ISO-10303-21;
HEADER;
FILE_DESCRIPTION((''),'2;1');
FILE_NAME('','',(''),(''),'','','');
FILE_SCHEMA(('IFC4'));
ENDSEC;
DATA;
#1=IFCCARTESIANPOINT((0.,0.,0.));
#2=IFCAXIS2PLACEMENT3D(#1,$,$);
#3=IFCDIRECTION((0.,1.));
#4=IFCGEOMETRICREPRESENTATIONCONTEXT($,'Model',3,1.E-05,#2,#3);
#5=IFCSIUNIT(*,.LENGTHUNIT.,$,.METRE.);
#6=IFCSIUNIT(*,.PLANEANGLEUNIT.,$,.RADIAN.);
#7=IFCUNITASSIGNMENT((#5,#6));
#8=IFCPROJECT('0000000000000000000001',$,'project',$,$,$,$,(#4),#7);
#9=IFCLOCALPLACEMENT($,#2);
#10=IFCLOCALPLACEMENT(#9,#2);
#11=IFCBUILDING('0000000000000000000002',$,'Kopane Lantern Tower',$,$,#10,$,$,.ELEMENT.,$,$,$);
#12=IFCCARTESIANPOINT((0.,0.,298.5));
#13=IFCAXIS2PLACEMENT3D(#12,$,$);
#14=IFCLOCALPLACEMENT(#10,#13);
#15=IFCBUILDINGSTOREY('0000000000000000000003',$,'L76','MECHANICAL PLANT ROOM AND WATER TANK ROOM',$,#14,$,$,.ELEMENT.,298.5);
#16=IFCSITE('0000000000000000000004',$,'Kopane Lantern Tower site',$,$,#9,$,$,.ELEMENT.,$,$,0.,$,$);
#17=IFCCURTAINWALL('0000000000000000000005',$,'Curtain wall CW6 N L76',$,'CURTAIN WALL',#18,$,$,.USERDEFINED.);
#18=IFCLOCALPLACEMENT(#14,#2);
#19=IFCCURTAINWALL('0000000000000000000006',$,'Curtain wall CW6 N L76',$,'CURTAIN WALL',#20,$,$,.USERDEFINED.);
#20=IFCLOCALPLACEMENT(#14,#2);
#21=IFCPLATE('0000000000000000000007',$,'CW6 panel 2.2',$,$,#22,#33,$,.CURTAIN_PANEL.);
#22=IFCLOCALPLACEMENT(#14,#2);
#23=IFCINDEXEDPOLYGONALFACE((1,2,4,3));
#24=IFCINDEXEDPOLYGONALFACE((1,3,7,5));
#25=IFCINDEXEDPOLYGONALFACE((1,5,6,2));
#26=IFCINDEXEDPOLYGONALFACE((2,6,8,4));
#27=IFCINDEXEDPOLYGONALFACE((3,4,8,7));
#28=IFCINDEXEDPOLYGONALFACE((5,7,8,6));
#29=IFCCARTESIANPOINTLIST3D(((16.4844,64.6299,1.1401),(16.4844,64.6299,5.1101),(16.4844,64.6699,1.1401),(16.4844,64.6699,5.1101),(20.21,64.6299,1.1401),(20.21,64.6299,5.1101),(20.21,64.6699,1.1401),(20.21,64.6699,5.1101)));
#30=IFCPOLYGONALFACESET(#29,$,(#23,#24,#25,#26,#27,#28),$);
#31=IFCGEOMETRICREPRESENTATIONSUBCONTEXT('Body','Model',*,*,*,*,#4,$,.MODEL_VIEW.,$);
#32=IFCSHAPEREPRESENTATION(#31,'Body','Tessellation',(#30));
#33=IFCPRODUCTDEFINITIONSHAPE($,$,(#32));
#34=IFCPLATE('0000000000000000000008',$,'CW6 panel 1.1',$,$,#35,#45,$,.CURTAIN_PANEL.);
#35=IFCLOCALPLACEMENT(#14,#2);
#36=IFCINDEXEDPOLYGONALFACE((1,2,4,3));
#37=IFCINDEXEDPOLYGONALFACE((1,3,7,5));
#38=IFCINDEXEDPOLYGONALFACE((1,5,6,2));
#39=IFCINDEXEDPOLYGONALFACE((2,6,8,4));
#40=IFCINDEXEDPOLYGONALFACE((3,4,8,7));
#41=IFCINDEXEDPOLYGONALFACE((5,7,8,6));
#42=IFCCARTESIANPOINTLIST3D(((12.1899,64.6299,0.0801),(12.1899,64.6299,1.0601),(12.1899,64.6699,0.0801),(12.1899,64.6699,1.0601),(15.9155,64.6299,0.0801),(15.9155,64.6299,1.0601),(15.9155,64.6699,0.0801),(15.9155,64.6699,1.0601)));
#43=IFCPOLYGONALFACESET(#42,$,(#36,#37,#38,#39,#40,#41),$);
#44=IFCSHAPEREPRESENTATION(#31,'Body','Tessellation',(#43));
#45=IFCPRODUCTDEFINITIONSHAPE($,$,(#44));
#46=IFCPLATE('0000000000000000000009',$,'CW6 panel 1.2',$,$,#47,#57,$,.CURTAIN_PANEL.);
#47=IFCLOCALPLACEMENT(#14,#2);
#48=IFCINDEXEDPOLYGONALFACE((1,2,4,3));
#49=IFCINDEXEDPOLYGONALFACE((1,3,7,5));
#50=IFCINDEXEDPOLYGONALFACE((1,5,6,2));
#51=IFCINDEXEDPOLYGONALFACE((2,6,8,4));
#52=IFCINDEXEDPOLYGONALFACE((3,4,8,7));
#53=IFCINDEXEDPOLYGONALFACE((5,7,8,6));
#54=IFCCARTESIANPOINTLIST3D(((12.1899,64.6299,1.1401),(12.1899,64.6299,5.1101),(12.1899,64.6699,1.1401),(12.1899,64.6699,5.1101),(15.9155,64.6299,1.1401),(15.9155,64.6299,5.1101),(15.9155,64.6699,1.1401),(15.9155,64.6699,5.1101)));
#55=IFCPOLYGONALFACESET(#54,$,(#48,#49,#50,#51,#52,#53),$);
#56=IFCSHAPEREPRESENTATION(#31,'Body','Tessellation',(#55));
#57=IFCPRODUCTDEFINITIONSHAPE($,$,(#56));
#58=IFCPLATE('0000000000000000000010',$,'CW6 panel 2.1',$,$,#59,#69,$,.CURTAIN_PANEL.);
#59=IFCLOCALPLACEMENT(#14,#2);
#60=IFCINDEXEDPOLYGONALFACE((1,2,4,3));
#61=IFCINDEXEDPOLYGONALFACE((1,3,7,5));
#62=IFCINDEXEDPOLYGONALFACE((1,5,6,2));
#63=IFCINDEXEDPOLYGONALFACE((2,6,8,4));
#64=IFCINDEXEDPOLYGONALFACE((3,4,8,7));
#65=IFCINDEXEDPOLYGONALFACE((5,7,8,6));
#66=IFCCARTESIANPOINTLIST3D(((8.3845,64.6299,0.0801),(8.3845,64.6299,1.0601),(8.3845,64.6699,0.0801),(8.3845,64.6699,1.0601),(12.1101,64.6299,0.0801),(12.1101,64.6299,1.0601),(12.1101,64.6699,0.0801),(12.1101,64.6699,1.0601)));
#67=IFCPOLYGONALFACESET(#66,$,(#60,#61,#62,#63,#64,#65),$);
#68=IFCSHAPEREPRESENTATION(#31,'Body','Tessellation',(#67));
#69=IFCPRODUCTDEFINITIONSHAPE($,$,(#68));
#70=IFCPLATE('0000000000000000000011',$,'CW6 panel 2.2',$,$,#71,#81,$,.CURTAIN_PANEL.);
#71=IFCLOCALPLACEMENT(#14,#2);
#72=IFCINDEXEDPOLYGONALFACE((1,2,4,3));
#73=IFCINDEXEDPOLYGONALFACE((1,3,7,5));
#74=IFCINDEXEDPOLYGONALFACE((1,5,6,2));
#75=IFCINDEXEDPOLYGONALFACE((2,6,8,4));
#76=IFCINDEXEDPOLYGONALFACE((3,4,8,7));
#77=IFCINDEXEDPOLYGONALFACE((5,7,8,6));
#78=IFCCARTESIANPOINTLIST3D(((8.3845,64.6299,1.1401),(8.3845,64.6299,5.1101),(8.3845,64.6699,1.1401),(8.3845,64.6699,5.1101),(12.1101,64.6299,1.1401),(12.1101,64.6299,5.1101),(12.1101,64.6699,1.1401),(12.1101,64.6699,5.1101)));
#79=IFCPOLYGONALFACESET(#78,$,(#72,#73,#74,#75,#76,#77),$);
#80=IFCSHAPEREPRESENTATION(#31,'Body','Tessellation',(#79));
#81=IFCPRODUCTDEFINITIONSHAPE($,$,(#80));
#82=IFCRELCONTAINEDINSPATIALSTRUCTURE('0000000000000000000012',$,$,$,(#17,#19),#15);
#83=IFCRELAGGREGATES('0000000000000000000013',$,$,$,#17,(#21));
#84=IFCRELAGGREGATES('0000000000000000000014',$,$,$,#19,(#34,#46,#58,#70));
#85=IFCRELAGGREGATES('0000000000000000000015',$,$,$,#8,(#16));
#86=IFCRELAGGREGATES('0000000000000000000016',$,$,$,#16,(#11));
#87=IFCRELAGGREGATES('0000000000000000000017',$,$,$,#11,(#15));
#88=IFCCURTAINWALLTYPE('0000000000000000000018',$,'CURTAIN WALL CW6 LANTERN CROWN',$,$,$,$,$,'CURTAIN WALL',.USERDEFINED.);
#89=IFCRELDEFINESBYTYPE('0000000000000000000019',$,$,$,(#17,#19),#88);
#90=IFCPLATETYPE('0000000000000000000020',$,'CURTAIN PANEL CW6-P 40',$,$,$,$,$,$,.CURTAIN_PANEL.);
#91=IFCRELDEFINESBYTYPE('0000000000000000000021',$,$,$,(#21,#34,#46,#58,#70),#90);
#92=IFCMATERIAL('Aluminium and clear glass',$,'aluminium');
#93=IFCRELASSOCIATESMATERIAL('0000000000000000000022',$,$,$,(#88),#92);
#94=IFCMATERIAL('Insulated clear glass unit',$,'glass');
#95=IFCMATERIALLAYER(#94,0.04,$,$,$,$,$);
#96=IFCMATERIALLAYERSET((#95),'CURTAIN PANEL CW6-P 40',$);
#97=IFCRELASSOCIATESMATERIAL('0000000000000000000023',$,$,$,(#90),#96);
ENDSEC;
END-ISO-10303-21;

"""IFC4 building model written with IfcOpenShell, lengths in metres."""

from ifc_helpers import new_model, si_unit, direction, frame, origin, origin_2d, place, context, subcontext, project, spatial, rectangle, extrude, material, layer, layer_set, type_object, element, aggregate, save


model = new_model("IFC4")

# Units and contexts
model_context = context("Model", 3, precision=1e-05, world=origin(), true_north=direction((0.0, 1.0)))
body_context = subcontext(model_context, "Body", "Model", "MODEL_VIEW")
ifc_project = project(units=[si_unit("LENGTHUNIT", "METRE"), si_unit("PLANEANGLEUNIT", "RADIAN")], contexts=[model_context])

# Site, building, storey
site_placement = place(None, origin())
site = spatial("IfcSite", under=ifc_project, at=site_placement, Name="Kopane Lantern Tower site", CompositionType="ELEMENT", RefElevation=0.0)
building_placement = place(site_placement, origin())
building = spatial("IfcBuilding", under=site, at=building_placement, Name="Kopane Lantern Tower", CompositionType="ELEMENT")
storey_placement = place(building_placement, frame((0.0, 0.0, 298.5)))
storey = spatial("IfcBuildingStorey", under=building, at=storey_placement, Name="L76", Description="MECHANICAL PLANT ROOM AND WATER TANK ROOM", CompositionType="ELEMENT", Elevation=298.5)

# Shared definitions
ifc_material_1 = material(Name="Aluminium and clear glass", Category="aluminium")
curtain_wall_type = type_object("IfcCurtainWallType", Name="CURTAIN WALL CW6 LANTERN CROWN", ElementType="CURTAIN WALL", PredefinedType="USERDEFINED", material=ifc_material_1)

# Curtain walls
curtain_wall_1_placement = place(storey_placement, origin())
curtain_wall_1 = element("IfcCurtainWall", 1, at=curtain_wall_1_placement, inside=storey, type_object=curtain_wall_type, Name="Curtain wall CW6 N L76", ObjectType="CURTAIN WALL", PredefinedType="USERDEFINED")
curtain_wall_2_placement = place(storey_placement, origin())
curtain_wall_2 = element("IfcCurtainWall", 2, at=curtain_wall_2_placement, inside=storey, type_object=curtain_wall_type, Name="Curtain wall CW6 N L76", ObjectType="CURTAIN WALL", PredefinedType="USERDEFINED")

# Plates
ifc_material_2 = material(Name="Insulated clear glass unit", Category="glass")
ifc_layer = layer(ifc_material_2, 0.04)
ifc_layer_set = layer_set([ifc_layer], Name="CURTAIN PANEL CW6-P 40")
plate_type = type_object("IfcPlateType", Name="CURTAIN PANEL CW6-P 40", PredefinedType="CURTAIN_PANEL", material=ifc_layer_set)
plate_1_placement = place(storey_placement, frame((18.3472, 64.6499, 1.1401), z_axis=(0.0, 0.0, 1.0), x_axis=(-1.0, 0.0, 0.0)))
plate_1 = element("IfcPlate", 3, at=plate_1_placement, type_object=plate_type, Name="CW6 panel 2.2", PredefinedType="CURTAIN_PANEL", context=body_context, shape_type="SweptSolid", body=[
    extrude(rectangle(XDim=3.7256, YDim=0.04, at=origin_2d()), origin(), (0.0, 0.0, 1.0), 3.97),
])
aggregate(curtain_wall_1, [plate_1])
plate_2_placement = place(storey_placement, frame((14.0527, 64.6499, 0.0801), z_axis=(0.0, 0.0, 1.0), x_axis=(-1.0, 0.0, 0.0)))
plate_2 = element("IfcPlate", 4, at=plate_2_placement, type_object=plate_type, Name="CW6 panel 1.1", PredefinedType="CURTAIN_PANEL", context=body_context, shape_type="SweptSolid", body=[
    extrude(rectangle(XDim=3.7256, YDim=0.04, at=origin_2d()), origin(), (0.0, 0.0, 1.0), 0.98),
])
plate_3_placement = place(storey_placement, frame((14.0527, 64.6499, 1.1401), z_axis=(0.0, 0.0, 1.0), x_axis=(-1.0, 0.0, 0.0)))
plate_3 = element("IfcPlate", 5, at=plate_3_placement, type_object=plate_type, Name="CW6 panel 1.2", PredefinedType="CURTAIN_PANEL", context=body_context, shape_type="SweptSolid", body=[
    extrude(rectangle(XDim=3.7256, YDim=0.04, at=origin_2d()), origin(), (0.0, 0.0, 1.0), 3.97),
])
plate_4_placement = place(storey_placement, frame((10.2473, 64.6499, 0.0801), z_axis=(0.0, 0.0, 1.0), x_axis=(-1.0, 0.0, 0.0)))
plate_4 = element("IfcPlate", 6, at=plate_4_placement, type_object=plate_type, Name="CW6 panel 2.1", PredefinedType="CURTAIN_PANEL", context=body_context, shape_type="SweptSolid", body=[
    extrude(rectangle(XDim=3.7256, YDim=0.04, at=origin_2d()), origin(), (0.0, 0.0, 1.0), 0.98),
])
plate_5_placement = place(storey_placement, frame((10.2473, 64.6499, 1.1401), z_axis=(0.0, 0.0, 1.0), x_axis=(-1.0, 0.0, 0.0)))
plate_5 = element("IfcPlate", 7, at=plate_5_placement, type_object=plate_type, Name="CW6 panel 2.2", PredefinedType="CURTAIN_PANEL", context=body_context, shape_type="SweptSolid", body=[
    extrude(rectangle(XDim=3.7256, YDim=0.04, at=origin_2d()), origin(), (0.0, 0.0, 1.0), 3.97),
])
aggregate(curtain_wall_2, [plate_2, plate_3, plate_4, plate_5])

save(model, "model.ifc")
